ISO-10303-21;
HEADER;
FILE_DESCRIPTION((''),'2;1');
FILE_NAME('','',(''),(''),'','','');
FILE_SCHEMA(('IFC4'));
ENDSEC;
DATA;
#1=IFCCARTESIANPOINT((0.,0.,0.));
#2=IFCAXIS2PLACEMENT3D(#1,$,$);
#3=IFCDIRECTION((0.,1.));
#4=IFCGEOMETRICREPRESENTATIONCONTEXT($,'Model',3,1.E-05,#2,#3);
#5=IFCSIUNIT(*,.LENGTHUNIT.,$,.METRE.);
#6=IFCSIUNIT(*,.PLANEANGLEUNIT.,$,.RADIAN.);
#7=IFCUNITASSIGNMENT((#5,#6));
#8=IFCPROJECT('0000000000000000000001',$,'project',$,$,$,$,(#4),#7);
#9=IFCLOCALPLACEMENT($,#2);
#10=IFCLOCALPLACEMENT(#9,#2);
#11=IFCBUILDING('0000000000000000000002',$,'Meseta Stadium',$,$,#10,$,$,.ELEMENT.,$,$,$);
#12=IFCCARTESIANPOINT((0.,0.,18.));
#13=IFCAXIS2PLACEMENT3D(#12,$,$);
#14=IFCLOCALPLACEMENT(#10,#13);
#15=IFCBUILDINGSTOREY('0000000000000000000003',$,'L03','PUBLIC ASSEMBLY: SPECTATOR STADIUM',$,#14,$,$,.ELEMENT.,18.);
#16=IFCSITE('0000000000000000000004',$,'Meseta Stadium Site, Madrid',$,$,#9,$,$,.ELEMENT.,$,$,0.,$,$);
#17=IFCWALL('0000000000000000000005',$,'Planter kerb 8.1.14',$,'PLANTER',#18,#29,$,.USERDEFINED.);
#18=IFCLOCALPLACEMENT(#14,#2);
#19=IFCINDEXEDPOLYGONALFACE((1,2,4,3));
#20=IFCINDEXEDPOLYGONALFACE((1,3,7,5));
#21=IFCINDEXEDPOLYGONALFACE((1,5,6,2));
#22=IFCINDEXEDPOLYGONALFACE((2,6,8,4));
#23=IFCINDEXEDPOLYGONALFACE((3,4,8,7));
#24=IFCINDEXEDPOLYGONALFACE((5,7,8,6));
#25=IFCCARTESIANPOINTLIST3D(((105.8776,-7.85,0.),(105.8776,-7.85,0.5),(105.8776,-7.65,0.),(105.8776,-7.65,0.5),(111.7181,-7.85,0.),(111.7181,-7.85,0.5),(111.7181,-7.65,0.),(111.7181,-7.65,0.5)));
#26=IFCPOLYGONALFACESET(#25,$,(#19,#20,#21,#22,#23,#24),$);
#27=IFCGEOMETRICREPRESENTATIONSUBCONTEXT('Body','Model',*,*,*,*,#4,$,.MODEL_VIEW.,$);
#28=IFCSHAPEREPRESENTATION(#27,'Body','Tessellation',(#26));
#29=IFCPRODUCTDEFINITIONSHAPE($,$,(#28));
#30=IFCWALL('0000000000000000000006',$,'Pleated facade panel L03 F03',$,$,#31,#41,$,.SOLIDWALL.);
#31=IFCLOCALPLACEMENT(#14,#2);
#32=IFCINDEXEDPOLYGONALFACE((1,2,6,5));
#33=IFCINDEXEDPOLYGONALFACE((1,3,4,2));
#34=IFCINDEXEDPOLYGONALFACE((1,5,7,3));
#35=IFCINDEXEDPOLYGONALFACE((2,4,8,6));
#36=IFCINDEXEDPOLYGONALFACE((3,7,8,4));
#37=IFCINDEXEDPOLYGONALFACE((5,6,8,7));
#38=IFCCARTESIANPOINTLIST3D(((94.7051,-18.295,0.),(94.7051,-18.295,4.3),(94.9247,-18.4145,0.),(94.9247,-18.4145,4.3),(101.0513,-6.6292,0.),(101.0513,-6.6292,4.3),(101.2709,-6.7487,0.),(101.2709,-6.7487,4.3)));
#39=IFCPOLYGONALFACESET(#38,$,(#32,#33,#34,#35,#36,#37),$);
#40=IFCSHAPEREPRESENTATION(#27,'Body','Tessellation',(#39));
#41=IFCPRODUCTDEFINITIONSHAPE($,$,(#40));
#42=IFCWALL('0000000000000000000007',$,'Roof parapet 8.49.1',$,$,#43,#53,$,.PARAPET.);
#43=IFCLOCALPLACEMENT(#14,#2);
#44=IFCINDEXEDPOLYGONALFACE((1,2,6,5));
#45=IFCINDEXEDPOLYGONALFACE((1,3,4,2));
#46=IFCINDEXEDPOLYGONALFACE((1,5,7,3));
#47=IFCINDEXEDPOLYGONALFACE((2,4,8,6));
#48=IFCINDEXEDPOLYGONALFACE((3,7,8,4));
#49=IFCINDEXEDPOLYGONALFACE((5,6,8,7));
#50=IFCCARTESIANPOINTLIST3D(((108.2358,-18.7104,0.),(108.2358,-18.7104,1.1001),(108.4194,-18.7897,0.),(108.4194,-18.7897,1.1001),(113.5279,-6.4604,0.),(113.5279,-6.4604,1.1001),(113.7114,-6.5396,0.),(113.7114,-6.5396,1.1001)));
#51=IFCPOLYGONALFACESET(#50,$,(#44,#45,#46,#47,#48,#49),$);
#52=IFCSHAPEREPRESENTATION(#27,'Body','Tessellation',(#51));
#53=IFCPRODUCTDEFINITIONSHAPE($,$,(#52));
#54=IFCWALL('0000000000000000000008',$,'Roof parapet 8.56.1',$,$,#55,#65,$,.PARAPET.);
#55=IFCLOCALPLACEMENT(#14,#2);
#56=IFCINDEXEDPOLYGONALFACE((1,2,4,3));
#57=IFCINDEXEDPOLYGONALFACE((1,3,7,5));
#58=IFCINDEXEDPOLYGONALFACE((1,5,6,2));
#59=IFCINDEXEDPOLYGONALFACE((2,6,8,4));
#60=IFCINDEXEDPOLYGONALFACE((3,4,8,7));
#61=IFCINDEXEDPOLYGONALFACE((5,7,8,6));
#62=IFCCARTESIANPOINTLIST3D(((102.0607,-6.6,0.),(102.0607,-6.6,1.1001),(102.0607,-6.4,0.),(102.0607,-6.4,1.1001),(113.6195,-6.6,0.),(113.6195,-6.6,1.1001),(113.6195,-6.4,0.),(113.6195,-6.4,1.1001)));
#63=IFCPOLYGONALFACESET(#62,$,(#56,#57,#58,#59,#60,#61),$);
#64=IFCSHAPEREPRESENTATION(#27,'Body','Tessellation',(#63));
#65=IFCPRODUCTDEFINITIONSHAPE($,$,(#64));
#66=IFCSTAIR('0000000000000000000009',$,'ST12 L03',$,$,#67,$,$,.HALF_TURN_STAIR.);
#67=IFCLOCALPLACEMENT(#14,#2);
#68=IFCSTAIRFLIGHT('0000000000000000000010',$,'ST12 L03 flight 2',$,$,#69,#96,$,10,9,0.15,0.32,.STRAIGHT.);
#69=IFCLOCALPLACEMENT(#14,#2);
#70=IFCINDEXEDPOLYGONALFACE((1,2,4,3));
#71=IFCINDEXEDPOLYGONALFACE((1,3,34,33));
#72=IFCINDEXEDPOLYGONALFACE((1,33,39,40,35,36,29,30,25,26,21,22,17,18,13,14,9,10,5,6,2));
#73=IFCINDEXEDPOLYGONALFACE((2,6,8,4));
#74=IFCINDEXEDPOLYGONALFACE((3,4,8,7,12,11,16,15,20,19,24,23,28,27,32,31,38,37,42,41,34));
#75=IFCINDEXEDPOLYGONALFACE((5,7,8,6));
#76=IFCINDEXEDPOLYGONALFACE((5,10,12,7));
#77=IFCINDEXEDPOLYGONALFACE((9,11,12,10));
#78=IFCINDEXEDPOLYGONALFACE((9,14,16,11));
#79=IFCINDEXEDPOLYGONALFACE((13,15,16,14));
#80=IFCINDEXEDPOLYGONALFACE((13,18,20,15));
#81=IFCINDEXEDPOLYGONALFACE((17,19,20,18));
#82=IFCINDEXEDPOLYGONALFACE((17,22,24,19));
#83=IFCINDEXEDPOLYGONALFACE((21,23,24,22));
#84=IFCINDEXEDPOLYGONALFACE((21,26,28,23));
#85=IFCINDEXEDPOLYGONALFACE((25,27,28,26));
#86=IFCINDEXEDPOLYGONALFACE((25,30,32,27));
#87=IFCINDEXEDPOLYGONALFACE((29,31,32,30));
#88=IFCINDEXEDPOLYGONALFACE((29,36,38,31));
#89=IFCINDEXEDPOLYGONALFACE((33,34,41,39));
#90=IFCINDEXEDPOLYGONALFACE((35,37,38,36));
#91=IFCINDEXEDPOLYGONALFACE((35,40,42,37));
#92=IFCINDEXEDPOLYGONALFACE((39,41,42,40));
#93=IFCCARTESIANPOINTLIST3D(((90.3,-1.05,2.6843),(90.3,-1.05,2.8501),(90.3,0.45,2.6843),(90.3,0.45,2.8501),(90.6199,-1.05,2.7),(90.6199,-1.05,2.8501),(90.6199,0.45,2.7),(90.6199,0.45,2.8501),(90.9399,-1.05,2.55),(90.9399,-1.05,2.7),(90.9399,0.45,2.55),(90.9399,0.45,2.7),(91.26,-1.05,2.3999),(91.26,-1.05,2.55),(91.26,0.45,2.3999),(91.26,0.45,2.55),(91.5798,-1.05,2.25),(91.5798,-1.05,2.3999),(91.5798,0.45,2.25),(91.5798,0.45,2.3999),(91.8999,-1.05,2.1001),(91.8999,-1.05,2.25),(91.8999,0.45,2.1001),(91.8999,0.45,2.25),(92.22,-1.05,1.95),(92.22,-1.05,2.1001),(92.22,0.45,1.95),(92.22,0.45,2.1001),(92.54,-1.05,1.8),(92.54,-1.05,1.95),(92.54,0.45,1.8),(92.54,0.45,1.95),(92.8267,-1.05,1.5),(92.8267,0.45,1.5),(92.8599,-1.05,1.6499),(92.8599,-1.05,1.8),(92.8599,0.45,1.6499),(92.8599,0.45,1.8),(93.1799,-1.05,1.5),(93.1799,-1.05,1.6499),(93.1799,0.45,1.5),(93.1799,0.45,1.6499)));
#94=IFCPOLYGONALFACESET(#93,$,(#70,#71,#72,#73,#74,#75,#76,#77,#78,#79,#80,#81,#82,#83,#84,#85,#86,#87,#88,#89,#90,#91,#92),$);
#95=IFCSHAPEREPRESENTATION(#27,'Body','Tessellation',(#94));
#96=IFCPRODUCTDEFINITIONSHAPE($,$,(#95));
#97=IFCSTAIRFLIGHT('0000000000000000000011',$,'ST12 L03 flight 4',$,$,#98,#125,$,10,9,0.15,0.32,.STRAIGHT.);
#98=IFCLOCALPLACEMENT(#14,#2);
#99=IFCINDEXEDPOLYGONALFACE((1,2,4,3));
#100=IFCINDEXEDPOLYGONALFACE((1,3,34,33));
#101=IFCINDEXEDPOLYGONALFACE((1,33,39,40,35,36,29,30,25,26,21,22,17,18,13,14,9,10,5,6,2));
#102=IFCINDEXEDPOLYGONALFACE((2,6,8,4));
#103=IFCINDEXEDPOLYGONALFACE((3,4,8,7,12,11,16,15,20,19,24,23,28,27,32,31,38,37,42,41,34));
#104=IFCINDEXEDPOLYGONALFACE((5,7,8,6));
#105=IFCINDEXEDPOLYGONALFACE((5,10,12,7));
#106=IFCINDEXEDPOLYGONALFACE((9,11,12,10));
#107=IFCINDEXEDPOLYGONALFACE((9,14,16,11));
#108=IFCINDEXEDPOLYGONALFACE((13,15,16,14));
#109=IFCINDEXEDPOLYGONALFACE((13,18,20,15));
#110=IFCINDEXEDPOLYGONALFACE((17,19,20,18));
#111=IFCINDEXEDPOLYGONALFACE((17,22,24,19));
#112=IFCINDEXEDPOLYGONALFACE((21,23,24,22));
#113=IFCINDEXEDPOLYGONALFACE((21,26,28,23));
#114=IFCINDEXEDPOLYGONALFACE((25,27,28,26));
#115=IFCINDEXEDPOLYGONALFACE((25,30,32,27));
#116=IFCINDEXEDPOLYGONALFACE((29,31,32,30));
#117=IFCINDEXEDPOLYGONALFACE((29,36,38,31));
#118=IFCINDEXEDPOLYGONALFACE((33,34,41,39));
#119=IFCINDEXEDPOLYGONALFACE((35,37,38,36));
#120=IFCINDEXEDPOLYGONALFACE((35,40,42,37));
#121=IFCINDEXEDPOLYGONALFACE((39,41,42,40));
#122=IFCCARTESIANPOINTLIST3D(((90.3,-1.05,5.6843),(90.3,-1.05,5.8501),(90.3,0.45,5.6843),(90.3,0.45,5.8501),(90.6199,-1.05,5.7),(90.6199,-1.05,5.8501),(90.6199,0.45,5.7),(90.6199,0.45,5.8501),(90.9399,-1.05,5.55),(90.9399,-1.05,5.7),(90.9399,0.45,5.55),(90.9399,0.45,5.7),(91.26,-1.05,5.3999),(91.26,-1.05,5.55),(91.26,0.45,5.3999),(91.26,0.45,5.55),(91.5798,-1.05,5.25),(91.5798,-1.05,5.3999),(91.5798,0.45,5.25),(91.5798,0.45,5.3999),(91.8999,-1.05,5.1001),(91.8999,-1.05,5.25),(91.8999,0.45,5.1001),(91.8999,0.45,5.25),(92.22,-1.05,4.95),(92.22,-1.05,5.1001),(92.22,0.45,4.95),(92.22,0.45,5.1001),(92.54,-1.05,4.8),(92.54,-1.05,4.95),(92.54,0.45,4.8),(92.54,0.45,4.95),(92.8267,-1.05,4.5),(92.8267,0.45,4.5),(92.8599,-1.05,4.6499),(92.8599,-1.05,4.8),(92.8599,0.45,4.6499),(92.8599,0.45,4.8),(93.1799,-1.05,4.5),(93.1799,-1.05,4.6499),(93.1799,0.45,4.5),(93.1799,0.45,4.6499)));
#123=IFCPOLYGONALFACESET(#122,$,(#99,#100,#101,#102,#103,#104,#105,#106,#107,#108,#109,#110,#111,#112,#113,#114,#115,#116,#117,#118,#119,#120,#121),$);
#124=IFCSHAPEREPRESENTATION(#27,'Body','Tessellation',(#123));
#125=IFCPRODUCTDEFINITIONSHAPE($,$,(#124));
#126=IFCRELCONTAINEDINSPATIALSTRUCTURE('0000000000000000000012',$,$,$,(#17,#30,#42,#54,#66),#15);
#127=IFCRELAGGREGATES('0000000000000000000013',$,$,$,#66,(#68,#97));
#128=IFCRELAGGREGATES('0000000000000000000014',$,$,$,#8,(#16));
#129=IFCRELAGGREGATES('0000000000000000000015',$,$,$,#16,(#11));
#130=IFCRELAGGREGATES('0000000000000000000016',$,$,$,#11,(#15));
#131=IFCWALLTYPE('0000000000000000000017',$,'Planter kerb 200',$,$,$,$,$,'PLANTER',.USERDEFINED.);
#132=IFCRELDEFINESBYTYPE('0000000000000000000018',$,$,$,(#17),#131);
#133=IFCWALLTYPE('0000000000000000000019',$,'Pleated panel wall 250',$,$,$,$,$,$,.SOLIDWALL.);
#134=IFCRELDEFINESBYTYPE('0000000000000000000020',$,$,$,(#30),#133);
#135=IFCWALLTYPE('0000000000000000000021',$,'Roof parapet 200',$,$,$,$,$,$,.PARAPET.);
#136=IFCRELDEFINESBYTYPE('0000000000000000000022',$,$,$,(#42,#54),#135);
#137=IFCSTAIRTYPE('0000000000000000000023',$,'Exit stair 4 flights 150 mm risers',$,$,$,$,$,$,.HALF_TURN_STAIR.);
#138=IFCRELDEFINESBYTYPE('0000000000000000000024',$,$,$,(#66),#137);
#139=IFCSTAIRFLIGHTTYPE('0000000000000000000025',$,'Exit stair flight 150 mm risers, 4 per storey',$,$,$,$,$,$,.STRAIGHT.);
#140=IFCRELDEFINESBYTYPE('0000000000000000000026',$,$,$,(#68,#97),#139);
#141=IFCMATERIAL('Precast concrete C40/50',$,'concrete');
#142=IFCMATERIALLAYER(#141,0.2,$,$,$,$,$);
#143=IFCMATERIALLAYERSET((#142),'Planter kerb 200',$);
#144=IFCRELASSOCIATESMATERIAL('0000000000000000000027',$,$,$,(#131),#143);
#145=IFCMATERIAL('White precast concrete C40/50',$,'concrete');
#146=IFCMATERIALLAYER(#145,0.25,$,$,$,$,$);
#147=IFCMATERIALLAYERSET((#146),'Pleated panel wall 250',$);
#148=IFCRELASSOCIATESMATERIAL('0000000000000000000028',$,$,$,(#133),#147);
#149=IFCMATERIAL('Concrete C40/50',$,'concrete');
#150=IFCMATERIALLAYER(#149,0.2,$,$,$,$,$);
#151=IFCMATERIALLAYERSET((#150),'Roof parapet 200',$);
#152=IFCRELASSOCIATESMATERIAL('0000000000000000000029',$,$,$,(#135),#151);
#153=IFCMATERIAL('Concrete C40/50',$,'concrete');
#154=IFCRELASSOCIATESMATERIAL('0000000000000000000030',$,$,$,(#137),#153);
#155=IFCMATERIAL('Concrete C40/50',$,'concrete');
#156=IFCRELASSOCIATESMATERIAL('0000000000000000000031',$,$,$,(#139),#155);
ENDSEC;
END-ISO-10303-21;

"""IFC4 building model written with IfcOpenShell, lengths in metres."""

from ifc_helpers import new_model, si_unit, direction, frame, frame_2d, origin, place, context, subcontext, project, spatial, polyline, rectangle, outline, extrude, material, layer, layer_set, type_object, element, aggregate, save


model = new_model("IFC4")

# Units and contexts
model_context = context("Model", 3, precision=1e-05, world=origin(), true_north=direction((0.0, 1.0)))
body_context = subcontext(model_context, "Body", "Model", "MODEL_VIEW")
ifc_project = project(units=[si_unit("LENGTHUNIT", "METRE"), si_unit("PLANEANGLEUNIT", "RADIAN")], contexts=[model_context])

# Site, building, storey
site_placement = place(None, origin())
site = spatial("IfcSite", under=ifc_project, at=site_placement, Name="Meseta Stadium Site, Madrid", CompositionType="ELEMENT", RefElevation=0.0)
building_placement = place(site_placement, origin())
building = spatial("IfcBuilding", under=site, at=building_placement, Name="Meseta Stadium", CompositionType="ELEMENT")
storey_placement = place(building_placement, frame((0.0, 0.0, 18.0)))
storey = spatial("IfcBuildingStorey", under=building, at=storey_placement, Name="L03", Description="PUBLIC ASSEMBLY: SPECTATOR STADIUM", CompositionType="ELEMENT", Elevation=18.0)

# Walls
ifc_material_1 = material(Name="Precast concrete C40/50", Category="concrete")
ifc_layer_1 = layer(ifc_material_1, 0.2)
ifc_layer_set_1 = layer_set([ifc_layer_1], Name="Planter kerb 200")
wall_type_1 = type_object("IfcWallType", Name="Planter kerb 200", ElementType="PLANTER", PredefinedType="USERDEFINED", material=ifc_layer_set_1)
wall_1_placement = place(storey_placement, frame((105.8774, -7.75, 0.0), z_axis=(0.0, 0.0, 1.0), x_axis=(1.0, 0.0, 0.0)))
element("IfcWall", 1, at=wall_1_placement, inside=storey, type_object=wall_type_1, Name="Planter kerb 8.1.14", ObjectType="PLANTER", PredefinedType="USERDEFINED", context=body_context, shape_type="SweptSolid", body=[
    extrude(rectangle(XDim=5.8406, YDim=0.2, at=frame_2d((2.9204, 0.0))), origin(), (0.0, 0.0, 1.0), 0.5),
])
ifc_material_2 = material(Name="White precast concrete C40/50", Category="concrete")
ifc_layer_2 = layer(ifc_material_2, 0.25)
ifc_layer_set_2 = layer_set([ifc_layer_2], Name="Pleated panel wall 250")
wall_type_2 = type_object("IfcWallType", Name="Pleated panel wall 250", PredefinedType="SOLIDWALL", material=ifc_layer_set_2)
wall_2_placement = place(storey_placement, frame((101.1611, -6.689, 0.0), z_axis=(0.0, 0.0, 1.0), x_axis=(-0.477868, -0.878432, 0.0)))
element("IfcWall", 2, at=wall_2_placement, inside=storey, type_object=wall_type_2, Name="Pleated facade panel L03 F03", PredefinedType="SOLIDWALL", context=body_context, shape_type="SweptSolid", body=[
    extrude(rectangle(XDim=13.2803, YDim=0.25, at=frame_2d((6.6401, 0.0))), origin(), (0.0, 0.0, 1.0), 4.3),
])
ifc_material_3 = material(Name="Concrete C40/50", Category="concrete")
ifc_layer_3 = layer(ifc_material_3, 0.2)
ifc_layer_set_3 = layer_set([ifc_layer_3], Name="Roof parapet 200")
wall_type_3 = type_object("IfcWallType", Name="Roof parapet 200", PredefinedType="PARAPET", material=ifc_layer_set_3)
wall_3_placement = place(storey_placement, frame((113.6196, -6.5, 0.0), z_axis=(0.0, 0.0, 1.0), x_axis=(-0.396576, -0.918002, 0.0)))
element("IfcWall", 3, at=wall_3_placement, inside=storey, type_object=wall_type_3, Name="Roof parapet 8.49.1", PredefinedType="PARAPET", context=body_context, shape_type="SweptSolid", body=[
    extrude(rectangle(XDim=13.3442, YDim=0.2, at=frame_2d((6.6721, 0.0))), origin(), (0.0, 0.0, 1.0), 1.1001),
])
wall_4_placement = place(storey_placement, frame((102.0608, -6.5, 0.0), z_axis=(0.0, 0.0, 1.0), x_axis=(1.0, 0.0, 0.0)))
element("IfcWall", 4, at=wall_4_placement, inside=storey, type_object=wall_type_3, Name="Roof parapet 8.56.1", PredefinedType="PARAPET", context=body_context, shape_type="SweptSolid", body=[
    extrude(rectangle(XDim=11.5588, YDim=0.2, at=frame_2d((5.7793, 0.0))), origin(), (0.0, 0.0, 1.0), 1.1001),
])

# Stair, stair flights
ifc_material_4 = material(Name="Concrete C40/50", Category="concrete")
stair_type = type_object("IfcStairType", Name="Exit stair 4 flights 150 mm risers", PredefinedType="HALF_TURN_STAIR", material=ifc_material_4)
stair_placement = place(storey_placement, origin())
stair = element("IfcStair", 5, at=stair_placement, inside=storey, type_object=stair_type, Name="ST12 L03", PredefinedType="HALF_TURN_STAIR")
ifc_material_5 = material(Name="Concrete C40/50", Category="concrete")
stair_flight_type = type_object("IfcStairFlightType", Name="Exit stair flight 150 mm risers, 4 per storey", PredefinedType="STRAIGHT", material=ifc_material_5)
stair_flight_1_placement = place(storey_placement, frame((93.1799, -0.3, 1.5), z_axis=(0.0, 0.0, 1.0), x_axis=(-1.0, 0.0, 0.0)))
stair_flight_1 = element("IfcStairFlight", 6, at=stair_flight_1_placement, type_object=stair_flight_type, Name="ST12 L03 flight 2", NumberOfRisers=10, NumberOfTreads=9, PredefinedType="STRAIGHT", RiserHeight=0.15, TreadLength=0.32, context=body_context, shape_type="SweptSolid", body=[
    extrude(outline(polyline([(0.0, 0.0), (0.0, 0.1499), (0.3201, 0.1499), (0.3201, 0.3), (0.6399, 0.3), (0.6399, 0.45), (0.96, 0.45), (0.96, 0.6001), (1.28, 0.6001), (1.28, 0.75), (1.6001, 0.75), (1.6001, 0.8999), (1.9199, 0.8999), (1.9199, 1.05), (2.24, 1.05), (2.24, 1.2), (2.5601, 1.2), (2.5601, 1.3501), (2.8799, 1.3501), (2.8799, 1.1843), (0.3533, 0.0), (0.0, 0.0)])), frame((0.0, 0.75, 0.0), z_axis=(0.0, -1.0, 0.0), x_axis=(1.0, 0.0, 0.0)), (0.0, 0.0, 1.0), 1.5),
])
stair_flight_2_placement = place(storey_placement, frame((93.1799, -0.3, 4.5), z_axis=(0.0, 0.0, 1.0), x_axis=(-1.0, 0.0, 0.0)))
stair_flight_2 = element("IfcStairFlight", 7, at=stair_flight_2_placement, type_object=stair_flight_type, Name="ST12 L03 flight 4", NumberOfRisers=10, NumberOfTreads=9, PredefinedType="STRAIGHT", RiserHeight=0.15, TreadLength=0.32, context=body_context, shape_type="SweptSolid", body=[
    extrude(outline(polyline([(0.0, 0.0), (0.0, 0.1499), (0.3201, 0.1499), (0.3201, 0.3), (0.6399, 0.3), (0.6399, 0.45), (0.96, 0.45), (0.96, 0.6001), (1.28, 0.6001), (1.28, 0.75), (1.6001, 0.75), (1.6001, 0.8999), (1.9199, 0.8999), (1.9199, 1.05), (2.24, 1.05), (2.24, 1.2), (2.5601, 1.2), (2.5601, 1.3501), (2.8799, 1.3501), (2.8799, 1.1843), (0.3533, 0.0), (0.0, 0.0)])), frame((0.0, 0.75, 0.0), z_axis=(0.0, -1.0, 0.0), x_axis=(1.0, 0.0, 0.0)), (0.0, 0.0, 1.0), 1.5),
])
aggregate(stair, [stair_flight_1, stair_flight_2])

save(model, "model.ifc")
